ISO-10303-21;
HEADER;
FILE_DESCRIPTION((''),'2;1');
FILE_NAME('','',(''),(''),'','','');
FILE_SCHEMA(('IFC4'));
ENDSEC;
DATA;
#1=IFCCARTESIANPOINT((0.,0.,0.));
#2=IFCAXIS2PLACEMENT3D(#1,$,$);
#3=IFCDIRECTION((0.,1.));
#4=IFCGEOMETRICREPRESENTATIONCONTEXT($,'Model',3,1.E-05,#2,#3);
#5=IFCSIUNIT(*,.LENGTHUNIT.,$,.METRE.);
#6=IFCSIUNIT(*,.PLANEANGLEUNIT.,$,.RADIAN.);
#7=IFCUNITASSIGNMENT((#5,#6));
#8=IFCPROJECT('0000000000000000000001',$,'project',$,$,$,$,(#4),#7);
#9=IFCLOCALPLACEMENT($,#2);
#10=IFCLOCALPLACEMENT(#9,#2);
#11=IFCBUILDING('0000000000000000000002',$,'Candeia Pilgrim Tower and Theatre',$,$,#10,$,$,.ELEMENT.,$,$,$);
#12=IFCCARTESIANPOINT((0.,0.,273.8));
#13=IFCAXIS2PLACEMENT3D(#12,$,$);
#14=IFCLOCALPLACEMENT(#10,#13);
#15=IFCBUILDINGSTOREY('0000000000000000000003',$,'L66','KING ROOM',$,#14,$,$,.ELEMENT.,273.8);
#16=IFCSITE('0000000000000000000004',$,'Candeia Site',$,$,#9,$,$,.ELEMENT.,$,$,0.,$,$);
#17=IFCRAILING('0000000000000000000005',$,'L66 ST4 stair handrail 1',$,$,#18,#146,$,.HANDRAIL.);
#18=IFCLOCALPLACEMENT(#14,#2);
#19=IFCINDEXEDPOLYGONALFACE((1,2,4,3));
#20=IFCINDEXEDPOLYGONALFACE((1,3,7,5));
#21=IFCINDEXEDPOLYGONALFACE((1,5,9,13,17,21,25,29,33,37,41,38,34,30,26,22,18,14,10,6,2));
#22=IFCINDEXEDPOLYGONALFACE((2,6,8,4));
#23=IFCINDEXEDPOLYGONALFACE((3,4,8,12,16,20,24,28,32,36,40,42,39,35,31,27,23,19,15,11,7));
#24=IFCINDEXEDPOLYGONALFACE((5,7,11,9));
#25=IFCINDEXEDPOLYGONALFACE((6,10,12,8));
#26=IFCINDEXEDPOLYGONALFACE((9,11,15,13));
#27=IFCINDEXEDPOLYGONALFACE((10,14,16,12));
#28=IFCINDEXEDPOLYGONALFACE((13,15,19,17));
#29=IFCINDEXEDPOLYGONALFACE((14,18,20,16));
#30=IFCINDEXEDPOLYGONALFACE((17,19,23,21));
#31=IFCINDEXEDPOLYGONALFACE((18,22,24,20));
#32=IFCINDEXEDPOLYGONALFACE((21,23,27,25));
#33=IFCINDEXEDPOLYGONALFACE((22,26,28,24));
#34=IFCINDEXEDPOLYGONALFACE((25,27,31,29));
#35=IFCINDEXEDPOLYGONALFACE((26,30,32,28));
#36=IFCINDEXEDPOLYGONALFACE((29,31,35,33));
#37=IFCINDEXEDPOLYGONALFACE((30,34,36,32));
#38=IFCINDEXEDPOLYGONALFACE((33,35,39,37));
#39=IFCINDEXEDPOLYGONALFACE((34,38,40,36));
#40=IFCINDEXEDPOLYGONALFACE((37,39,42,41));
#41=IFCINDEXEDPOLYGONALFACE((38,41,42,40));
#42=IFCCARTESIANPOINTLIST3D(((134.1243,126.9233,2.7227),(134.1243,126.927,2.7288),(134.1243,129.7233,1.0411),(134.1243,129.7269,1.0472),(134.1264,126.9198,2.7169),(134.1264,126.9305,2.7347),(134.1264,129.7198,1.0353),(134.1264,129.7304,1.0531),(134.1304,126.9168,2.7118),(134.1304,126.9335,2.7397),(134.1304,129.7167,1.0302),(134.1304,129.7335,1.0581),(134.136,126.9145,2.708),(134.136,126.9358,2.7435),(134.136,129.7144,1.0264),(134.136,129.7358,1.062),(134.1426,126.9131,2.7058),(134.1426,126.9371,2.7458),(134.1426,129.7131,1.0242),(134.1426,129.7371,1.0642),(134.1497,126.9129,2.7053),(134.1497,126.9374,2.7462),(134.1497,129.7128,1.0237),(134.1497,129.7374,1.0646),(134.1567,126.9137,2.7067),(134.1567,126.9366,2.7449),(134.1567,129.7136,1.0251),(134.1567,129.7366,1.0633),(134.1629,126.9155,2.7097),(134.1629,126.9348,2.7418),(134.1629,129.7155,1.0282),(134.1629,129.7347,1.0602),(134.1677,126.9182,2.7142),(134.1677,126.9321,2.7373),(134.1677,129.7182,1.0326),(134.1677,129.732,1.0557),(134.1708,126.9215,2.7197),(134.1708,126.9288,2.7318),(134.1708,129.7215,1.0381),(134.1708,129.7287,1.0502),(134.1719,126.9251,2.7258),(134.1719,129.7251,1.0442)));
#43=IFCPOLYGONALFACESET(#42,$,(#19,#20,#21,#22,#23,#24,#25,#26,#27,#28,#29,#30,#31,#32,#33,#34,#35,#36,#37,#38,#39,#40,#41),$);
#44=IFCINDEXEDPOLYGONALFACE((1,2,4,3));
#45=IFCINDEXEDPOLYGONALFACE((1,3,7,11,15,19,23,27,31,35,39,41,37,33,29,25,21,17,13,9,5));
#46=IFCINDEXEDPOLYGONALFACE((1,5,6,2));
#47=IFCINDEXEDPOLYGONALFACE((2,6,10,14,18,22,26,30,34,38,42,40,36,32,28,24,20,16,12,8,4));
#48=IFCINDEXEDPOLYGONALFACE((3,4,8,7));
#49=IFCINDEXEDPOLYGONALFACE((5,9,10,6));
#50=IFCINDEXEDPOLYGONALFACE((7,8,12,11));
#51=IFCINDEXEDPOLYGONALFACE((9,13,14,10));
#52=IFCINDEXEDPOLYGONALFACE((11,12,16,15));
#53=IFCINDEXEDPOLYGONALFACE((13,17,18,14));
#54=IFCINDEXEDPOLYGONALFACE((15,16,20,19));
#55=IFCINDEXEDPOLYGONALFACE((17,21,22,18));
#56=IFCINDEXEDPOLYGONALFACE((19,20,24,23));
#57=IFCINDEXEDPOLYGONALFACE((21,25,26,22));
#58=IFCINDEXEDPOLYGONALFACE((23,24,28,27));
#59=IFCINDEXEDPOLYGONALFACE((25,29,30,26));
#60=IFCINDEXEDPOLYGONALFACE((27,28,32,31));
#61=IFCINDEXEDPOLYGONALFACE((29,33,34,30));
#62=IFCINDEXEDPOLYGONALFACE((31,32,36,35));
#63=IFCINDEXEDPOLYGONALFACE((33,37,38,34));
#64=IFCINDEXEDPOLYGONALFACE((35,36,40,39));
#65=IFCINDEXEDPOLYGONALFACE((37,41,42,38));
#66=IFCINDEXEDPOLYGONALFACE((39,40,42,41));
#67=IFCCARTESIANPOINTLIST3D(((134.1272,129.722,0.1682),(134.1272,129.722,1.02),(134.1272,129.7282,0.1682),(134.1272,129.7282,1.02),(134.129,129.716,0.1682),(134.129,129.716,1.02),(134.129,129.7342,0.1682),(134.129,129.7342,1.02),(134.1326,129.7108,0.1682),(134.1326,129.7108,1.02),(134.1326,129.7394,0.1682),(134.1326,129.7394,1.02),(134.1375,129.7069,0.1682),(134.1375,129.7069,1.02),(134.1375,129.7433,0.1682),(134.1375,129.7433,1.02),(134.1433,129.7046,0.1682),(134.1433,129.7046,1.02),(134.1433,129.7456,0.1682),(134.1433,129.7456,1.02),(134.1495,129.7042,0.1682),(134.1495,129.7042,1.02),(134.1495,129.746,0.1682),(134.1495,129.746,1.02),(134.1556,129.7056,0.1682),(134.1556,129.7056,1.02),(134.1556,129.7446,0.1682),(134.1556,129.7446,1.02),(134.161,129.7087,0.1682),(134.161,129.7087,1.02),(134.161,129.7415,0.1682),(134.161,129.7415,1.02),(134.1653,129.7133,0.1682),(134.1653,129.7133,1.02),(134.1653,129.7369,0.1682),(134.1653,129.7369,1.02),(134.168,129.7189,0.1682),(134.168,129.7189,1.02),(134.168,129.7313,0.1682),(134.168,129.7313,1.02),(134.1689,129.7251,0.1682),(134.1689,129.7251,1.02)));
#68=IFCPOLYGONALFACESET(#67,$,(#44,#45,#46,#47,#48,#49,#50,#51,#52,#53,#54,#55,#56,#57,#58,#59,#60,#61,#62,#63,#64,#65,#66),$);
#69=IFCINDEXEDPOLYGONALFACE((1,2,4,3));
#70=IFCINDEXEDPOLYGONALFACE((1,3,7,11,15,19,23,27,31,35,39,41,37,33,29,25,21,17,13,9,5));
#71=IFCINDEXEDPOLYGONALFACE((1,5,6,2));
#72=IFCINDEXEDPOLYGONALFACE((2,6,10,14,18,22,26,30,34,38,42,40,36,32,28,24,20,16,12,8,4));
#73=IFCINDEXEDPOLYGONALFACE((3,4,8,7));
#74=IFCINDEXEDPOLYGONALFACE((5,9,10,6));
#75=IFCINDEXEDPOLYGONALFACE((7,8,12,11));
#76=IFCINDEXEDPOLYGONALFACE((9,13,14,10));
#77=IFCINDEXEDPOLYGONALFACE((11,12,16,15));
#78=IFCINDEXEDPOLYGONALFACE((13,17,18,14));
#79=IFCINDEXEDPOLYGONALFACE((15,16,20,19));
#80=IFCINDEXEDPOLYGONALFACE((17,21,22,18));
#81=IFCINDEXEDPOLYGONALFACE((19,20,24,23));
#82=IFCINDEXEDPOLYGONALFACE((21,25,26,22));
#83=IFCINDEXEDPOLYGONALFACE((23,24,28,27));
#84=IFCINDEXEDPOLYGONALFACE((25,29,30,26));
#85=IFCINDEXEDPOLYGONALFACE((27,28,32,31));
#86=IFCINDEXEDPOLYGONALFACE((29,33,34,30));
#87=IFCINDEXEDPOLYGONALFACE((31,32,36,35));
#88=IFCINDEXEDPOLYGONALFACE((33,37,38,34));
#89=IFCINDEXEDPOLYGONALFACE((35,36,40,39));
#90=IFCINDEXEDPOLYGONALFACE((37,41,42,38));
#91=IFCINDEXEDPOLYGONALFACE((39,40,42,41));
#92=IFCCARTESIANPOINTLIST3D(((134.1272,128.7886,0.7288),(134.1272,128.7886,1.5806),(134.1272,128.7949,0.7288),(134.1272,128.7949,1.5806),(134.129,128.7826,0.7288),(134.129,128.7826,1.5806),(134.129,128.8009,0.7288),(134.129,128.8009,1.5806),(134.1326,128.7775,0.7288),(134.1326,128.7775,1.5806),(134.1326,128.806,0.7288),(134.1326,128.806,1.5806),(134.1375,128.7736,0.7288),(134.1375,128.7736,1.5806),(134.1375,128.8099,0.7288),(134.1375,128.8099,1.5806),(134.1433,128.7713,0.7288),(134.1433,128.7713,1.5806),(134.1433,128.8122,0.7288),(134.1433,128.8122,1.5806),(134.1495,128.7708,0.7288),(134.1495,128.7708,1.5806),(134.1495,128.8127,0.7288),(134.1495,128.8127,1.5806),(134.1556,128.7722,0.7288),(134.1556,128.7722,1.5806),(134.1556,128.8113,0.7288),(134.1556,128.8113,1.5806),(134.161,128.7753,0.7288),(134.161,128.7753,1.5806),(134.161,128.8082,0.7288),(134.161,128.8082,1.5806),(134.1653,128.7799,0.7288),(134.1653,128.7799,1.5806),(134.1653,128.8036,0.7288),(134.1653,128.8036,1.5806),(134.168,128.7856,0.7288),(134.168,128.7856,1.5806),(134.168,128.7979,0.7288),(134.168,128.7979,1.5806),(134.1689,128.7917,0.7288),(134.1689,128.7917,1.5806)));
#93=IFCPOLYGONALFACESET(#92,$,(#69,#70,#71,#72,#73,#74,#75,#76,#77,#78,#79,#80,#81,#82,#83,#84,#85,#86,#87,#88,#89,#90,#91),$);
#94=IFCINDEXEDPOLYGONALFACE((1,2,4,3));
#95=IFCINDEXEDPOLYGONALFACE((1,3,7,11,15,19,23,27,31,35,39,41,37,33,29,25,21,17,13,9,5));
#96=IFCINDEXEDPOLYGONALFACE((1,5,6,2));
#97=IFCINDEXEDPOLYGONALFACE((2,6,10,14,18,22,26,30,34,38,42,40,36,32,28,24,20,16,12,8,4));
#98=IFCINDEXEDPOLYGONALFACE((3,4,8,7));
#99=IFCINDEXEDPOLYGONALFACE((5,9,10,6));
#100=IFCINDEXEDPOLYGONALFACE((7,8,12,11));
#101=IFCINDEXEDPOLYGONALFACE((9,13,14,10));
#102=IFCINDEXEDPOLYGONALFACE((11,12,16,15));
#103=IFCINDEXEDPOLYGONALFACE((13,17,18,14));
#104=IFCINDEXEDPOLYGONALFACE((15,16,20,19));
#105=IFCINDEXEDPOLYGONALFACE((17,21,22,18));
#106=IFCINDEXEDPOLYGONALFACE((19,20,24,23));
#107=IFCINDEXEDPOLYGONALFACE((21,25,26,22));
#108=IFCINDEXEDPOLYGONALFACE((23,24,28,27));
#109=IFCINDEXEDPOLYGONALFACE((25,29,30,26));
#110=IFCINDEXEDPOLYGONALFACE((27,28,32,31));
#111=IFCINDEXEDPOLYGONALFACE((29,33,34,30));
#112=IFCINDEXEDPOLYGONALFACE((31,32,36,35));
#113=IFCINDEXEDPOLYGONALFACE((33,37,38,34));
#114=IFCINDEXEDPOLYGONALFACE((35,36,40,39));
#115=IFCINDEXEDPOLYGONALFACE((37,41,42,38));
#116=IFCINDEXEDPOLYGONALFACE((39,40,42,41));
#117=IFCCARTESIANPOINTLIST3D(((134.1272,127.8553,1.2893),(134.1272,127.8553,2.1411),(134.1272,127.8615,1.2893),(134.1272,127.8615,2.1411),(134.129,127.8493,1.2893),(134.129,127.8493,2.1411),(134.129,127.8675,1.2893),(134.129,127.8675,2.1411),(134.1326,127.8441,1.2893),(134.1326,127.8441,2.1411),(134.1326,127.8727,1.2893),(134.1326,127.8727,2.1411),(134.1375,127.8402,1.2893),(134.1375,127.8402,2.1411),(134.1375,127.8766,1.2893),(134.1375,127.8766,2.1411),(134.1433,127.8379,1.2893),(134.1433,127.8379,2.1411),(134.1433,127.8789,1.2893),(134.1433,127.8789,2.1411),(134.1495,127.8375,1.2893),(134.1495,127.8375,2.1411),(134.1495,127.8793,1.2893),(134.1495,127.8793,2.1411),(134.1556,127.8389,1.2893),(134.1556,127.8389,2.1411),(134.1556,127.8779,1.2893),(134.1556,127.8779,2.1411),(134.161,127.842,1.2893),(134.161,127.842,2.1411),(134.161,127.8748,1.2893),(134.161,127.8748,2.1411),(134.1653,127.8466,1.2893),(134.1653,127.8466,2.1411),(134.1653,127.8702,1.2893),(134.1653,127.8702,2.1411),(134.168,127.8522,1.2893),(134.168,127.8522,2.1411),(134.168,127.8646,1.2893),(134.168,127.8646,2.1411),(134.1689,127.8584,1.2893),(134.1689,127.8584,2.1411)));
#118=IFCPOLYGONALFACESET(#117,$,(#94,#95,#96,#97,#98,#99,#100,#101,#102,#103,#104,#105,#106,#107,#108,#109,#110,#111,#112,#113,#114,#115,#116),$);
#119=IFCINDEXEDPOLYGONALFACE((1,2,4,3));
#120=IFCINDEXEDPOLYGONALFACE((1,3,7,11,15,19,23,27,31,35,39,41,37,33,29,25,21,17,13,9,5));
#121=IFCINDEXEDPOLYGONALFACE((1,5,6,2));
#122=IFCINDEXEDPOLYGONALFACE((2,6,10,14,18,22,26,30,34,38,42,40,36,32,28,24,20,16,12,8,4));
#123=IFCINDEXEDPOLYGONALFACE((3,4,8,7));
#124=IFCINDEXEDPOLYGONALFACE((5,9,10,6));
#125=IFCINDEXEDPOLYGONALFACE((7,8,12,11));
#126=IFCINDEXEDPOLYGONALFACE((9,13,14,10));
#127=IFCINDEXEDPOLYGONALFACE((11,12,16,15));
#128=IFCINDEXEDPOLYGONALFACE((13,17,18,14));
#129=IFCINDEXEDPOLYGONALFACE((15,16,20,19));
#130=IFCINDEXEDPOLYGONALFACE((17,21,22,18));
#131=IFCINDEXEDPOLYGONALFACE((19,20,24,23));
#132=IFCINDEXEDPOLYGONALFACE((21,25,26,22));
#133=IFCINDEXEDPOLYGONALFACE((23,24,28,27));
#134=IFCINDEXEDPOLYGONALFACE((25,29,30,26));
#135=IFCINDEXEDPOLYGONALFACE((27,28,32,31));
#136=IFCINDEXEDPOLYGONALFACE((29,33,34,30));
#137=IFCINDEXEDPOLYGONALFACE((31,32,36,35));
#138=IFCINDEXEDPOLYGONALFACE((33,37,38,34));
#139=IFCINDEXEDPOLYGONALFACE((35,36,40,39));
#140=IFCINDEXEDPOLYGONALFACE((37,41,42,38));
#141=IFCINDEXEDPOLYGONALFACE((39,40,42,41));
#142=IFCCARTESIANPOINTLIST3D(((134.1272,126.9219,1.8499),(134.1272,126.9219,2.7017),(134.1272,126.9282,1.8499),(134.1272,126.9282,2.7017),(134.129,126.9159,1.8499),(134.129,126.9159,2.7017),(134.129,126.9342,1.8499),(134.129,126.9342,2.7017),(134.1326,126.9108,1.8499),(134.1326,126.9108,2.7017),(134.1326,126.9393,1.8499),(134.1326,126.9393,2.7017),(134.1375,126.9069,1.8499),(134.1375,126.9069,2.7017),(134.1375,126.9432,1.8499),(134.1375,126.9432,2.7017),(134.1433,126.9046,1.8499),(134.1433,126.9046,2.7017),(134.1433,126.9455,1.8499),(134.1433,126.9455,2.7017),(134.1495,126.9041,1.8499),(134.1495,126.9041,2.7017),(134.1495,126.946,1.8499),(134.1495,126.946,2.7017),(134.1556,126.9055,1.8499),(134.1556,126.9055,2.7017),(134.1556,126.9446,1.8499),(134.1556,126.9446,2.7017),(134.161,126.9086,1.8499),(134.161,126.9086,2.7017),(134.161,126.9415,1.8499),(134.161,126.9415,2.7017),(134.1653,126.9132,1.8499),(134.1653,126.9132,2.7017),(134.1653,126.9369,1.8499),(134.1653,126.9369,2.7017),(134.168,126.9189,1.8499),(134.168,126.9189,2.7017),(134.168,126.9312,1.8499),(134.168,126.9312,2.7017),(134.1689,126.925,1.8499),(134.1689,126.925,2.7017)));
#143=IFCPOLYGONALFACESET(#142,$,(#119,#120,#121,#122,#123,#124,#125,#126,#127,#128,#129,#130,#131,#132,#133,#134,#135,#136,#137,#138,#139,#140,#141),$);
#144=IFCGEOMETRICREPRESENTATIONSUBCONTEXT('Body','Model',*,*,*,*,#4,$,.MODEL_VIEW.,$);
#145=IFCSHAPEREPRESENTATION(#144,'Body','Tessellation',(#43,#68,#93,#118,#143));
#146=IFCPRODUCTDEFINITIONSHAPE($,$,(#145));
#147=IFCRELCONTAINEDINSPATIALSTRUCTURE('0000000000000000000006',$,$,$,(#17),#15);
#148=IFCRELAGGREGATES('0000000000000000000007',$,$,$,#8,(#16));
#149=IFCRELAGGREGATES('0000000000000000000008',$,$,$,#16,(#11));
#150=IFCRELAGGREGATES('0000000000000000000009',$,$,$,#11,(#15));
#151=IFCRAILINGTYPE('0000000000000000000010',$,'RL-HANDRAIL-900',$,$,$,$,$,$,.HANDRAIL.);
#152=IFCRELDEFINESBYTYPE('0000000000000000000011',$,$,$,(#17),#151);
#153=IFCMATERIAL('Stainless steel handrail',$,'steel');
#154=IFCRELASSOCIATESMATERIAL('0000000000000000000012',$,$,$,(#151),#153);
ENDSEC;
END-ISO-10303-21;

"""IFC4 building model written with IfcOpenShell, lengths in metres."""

from ifc_helpers import new_model, si_unit, direction, frame, origin, origin_2d, place, context, subcontext, project, spatial, circle, extrude, material, type_object, element, save


model = new_model("IFC4")

# Units and contexts
model_context = context("Model", 3, precision=1e-05, world=origin(), true_north=direction((0.0, 1.0)))
body_context = subcontext(model_context, "Body", "Model", "MODEL_VIEW")
ifc_project = project(units=[si_unit("LENGTHUNIT", "METRE"), si_unit("PLANEANGLEUNIT", "RADIAN")], contexts=[model_context])

# Site, building, storey
site_placement = place(None, origin())
site = spatial("IfcSite", under=ifc_project, at=site_placement, Name="Candeia Site", CompositionType="ELEMENT", RefElevation=0.0)
building_placement = place(site_placement, origin())
building = spatial("IfcBuilding", under=site, at=building_placement, Name="Candeia Pilgrim Tower and Theatre", CompositionType="ELEMENT")
storey_placement = place(building_placement, frame((0.0, 0.0, 273.8)))
storey = spatial("IfcBuildingStorey", under=building, at=storey_placement, Name="L66", Description="KING ROOM", CompositionType="ELEMENT", Elevation=273.8)

# Railing
ifc_material_1 = material(Name="Stainless steel handrail", Category="steel")
railing_type_1 = type_object("IfcRailingType", Name="RL-HANDRAIL-900", PredefinedType="HANDRAIL", material=ifc_material_1)
railing_1_placement = place(storey_placement, frame((134.1479, 129.7251, 0.1682)))
element("IfcRailing", 1, at=railing_1_placement, inside=storey, type_object=railing_type_1, Name="L66 ST4 stair handrail 1", PredefinedType="HANDRAIL", context=body_context, shape_type="SweptSolid", body=[
    extrude(circle(Radius=0.0239, at=origin_2d()), frame((0.0, 0.0, 0.876), z_axis=(0.0, -0.857275, 0.514858), x_axis=(1.0, 0.0, 0.0)), (0.0, 0.0, 1.0), 3.2661),
    extrude(circle(Radius=0.021, at=origin_2d()), origin(), (0.0, 0.0, 1.0), 0.8518),
    extrude(circle(Radius=0.021, at=origin_2d()), frame((0.0, -0.9333, 0.5605)), (0.0, 0.0, 1.0), 0.8518),
    extrude(circle(Radius=0.021, at=origin_2d()), frame((0.0, -1.8667, 1.1211)), (0.0, 0.0, 1.0), 0.8518),
    extrude(circle(Radius=0.021, at=origin_2d()), frame((0.0, -2.8, 1.6816)), (0.0, 0.0, 1.0), 0.8518),
])

save(model, "model.ifc")
